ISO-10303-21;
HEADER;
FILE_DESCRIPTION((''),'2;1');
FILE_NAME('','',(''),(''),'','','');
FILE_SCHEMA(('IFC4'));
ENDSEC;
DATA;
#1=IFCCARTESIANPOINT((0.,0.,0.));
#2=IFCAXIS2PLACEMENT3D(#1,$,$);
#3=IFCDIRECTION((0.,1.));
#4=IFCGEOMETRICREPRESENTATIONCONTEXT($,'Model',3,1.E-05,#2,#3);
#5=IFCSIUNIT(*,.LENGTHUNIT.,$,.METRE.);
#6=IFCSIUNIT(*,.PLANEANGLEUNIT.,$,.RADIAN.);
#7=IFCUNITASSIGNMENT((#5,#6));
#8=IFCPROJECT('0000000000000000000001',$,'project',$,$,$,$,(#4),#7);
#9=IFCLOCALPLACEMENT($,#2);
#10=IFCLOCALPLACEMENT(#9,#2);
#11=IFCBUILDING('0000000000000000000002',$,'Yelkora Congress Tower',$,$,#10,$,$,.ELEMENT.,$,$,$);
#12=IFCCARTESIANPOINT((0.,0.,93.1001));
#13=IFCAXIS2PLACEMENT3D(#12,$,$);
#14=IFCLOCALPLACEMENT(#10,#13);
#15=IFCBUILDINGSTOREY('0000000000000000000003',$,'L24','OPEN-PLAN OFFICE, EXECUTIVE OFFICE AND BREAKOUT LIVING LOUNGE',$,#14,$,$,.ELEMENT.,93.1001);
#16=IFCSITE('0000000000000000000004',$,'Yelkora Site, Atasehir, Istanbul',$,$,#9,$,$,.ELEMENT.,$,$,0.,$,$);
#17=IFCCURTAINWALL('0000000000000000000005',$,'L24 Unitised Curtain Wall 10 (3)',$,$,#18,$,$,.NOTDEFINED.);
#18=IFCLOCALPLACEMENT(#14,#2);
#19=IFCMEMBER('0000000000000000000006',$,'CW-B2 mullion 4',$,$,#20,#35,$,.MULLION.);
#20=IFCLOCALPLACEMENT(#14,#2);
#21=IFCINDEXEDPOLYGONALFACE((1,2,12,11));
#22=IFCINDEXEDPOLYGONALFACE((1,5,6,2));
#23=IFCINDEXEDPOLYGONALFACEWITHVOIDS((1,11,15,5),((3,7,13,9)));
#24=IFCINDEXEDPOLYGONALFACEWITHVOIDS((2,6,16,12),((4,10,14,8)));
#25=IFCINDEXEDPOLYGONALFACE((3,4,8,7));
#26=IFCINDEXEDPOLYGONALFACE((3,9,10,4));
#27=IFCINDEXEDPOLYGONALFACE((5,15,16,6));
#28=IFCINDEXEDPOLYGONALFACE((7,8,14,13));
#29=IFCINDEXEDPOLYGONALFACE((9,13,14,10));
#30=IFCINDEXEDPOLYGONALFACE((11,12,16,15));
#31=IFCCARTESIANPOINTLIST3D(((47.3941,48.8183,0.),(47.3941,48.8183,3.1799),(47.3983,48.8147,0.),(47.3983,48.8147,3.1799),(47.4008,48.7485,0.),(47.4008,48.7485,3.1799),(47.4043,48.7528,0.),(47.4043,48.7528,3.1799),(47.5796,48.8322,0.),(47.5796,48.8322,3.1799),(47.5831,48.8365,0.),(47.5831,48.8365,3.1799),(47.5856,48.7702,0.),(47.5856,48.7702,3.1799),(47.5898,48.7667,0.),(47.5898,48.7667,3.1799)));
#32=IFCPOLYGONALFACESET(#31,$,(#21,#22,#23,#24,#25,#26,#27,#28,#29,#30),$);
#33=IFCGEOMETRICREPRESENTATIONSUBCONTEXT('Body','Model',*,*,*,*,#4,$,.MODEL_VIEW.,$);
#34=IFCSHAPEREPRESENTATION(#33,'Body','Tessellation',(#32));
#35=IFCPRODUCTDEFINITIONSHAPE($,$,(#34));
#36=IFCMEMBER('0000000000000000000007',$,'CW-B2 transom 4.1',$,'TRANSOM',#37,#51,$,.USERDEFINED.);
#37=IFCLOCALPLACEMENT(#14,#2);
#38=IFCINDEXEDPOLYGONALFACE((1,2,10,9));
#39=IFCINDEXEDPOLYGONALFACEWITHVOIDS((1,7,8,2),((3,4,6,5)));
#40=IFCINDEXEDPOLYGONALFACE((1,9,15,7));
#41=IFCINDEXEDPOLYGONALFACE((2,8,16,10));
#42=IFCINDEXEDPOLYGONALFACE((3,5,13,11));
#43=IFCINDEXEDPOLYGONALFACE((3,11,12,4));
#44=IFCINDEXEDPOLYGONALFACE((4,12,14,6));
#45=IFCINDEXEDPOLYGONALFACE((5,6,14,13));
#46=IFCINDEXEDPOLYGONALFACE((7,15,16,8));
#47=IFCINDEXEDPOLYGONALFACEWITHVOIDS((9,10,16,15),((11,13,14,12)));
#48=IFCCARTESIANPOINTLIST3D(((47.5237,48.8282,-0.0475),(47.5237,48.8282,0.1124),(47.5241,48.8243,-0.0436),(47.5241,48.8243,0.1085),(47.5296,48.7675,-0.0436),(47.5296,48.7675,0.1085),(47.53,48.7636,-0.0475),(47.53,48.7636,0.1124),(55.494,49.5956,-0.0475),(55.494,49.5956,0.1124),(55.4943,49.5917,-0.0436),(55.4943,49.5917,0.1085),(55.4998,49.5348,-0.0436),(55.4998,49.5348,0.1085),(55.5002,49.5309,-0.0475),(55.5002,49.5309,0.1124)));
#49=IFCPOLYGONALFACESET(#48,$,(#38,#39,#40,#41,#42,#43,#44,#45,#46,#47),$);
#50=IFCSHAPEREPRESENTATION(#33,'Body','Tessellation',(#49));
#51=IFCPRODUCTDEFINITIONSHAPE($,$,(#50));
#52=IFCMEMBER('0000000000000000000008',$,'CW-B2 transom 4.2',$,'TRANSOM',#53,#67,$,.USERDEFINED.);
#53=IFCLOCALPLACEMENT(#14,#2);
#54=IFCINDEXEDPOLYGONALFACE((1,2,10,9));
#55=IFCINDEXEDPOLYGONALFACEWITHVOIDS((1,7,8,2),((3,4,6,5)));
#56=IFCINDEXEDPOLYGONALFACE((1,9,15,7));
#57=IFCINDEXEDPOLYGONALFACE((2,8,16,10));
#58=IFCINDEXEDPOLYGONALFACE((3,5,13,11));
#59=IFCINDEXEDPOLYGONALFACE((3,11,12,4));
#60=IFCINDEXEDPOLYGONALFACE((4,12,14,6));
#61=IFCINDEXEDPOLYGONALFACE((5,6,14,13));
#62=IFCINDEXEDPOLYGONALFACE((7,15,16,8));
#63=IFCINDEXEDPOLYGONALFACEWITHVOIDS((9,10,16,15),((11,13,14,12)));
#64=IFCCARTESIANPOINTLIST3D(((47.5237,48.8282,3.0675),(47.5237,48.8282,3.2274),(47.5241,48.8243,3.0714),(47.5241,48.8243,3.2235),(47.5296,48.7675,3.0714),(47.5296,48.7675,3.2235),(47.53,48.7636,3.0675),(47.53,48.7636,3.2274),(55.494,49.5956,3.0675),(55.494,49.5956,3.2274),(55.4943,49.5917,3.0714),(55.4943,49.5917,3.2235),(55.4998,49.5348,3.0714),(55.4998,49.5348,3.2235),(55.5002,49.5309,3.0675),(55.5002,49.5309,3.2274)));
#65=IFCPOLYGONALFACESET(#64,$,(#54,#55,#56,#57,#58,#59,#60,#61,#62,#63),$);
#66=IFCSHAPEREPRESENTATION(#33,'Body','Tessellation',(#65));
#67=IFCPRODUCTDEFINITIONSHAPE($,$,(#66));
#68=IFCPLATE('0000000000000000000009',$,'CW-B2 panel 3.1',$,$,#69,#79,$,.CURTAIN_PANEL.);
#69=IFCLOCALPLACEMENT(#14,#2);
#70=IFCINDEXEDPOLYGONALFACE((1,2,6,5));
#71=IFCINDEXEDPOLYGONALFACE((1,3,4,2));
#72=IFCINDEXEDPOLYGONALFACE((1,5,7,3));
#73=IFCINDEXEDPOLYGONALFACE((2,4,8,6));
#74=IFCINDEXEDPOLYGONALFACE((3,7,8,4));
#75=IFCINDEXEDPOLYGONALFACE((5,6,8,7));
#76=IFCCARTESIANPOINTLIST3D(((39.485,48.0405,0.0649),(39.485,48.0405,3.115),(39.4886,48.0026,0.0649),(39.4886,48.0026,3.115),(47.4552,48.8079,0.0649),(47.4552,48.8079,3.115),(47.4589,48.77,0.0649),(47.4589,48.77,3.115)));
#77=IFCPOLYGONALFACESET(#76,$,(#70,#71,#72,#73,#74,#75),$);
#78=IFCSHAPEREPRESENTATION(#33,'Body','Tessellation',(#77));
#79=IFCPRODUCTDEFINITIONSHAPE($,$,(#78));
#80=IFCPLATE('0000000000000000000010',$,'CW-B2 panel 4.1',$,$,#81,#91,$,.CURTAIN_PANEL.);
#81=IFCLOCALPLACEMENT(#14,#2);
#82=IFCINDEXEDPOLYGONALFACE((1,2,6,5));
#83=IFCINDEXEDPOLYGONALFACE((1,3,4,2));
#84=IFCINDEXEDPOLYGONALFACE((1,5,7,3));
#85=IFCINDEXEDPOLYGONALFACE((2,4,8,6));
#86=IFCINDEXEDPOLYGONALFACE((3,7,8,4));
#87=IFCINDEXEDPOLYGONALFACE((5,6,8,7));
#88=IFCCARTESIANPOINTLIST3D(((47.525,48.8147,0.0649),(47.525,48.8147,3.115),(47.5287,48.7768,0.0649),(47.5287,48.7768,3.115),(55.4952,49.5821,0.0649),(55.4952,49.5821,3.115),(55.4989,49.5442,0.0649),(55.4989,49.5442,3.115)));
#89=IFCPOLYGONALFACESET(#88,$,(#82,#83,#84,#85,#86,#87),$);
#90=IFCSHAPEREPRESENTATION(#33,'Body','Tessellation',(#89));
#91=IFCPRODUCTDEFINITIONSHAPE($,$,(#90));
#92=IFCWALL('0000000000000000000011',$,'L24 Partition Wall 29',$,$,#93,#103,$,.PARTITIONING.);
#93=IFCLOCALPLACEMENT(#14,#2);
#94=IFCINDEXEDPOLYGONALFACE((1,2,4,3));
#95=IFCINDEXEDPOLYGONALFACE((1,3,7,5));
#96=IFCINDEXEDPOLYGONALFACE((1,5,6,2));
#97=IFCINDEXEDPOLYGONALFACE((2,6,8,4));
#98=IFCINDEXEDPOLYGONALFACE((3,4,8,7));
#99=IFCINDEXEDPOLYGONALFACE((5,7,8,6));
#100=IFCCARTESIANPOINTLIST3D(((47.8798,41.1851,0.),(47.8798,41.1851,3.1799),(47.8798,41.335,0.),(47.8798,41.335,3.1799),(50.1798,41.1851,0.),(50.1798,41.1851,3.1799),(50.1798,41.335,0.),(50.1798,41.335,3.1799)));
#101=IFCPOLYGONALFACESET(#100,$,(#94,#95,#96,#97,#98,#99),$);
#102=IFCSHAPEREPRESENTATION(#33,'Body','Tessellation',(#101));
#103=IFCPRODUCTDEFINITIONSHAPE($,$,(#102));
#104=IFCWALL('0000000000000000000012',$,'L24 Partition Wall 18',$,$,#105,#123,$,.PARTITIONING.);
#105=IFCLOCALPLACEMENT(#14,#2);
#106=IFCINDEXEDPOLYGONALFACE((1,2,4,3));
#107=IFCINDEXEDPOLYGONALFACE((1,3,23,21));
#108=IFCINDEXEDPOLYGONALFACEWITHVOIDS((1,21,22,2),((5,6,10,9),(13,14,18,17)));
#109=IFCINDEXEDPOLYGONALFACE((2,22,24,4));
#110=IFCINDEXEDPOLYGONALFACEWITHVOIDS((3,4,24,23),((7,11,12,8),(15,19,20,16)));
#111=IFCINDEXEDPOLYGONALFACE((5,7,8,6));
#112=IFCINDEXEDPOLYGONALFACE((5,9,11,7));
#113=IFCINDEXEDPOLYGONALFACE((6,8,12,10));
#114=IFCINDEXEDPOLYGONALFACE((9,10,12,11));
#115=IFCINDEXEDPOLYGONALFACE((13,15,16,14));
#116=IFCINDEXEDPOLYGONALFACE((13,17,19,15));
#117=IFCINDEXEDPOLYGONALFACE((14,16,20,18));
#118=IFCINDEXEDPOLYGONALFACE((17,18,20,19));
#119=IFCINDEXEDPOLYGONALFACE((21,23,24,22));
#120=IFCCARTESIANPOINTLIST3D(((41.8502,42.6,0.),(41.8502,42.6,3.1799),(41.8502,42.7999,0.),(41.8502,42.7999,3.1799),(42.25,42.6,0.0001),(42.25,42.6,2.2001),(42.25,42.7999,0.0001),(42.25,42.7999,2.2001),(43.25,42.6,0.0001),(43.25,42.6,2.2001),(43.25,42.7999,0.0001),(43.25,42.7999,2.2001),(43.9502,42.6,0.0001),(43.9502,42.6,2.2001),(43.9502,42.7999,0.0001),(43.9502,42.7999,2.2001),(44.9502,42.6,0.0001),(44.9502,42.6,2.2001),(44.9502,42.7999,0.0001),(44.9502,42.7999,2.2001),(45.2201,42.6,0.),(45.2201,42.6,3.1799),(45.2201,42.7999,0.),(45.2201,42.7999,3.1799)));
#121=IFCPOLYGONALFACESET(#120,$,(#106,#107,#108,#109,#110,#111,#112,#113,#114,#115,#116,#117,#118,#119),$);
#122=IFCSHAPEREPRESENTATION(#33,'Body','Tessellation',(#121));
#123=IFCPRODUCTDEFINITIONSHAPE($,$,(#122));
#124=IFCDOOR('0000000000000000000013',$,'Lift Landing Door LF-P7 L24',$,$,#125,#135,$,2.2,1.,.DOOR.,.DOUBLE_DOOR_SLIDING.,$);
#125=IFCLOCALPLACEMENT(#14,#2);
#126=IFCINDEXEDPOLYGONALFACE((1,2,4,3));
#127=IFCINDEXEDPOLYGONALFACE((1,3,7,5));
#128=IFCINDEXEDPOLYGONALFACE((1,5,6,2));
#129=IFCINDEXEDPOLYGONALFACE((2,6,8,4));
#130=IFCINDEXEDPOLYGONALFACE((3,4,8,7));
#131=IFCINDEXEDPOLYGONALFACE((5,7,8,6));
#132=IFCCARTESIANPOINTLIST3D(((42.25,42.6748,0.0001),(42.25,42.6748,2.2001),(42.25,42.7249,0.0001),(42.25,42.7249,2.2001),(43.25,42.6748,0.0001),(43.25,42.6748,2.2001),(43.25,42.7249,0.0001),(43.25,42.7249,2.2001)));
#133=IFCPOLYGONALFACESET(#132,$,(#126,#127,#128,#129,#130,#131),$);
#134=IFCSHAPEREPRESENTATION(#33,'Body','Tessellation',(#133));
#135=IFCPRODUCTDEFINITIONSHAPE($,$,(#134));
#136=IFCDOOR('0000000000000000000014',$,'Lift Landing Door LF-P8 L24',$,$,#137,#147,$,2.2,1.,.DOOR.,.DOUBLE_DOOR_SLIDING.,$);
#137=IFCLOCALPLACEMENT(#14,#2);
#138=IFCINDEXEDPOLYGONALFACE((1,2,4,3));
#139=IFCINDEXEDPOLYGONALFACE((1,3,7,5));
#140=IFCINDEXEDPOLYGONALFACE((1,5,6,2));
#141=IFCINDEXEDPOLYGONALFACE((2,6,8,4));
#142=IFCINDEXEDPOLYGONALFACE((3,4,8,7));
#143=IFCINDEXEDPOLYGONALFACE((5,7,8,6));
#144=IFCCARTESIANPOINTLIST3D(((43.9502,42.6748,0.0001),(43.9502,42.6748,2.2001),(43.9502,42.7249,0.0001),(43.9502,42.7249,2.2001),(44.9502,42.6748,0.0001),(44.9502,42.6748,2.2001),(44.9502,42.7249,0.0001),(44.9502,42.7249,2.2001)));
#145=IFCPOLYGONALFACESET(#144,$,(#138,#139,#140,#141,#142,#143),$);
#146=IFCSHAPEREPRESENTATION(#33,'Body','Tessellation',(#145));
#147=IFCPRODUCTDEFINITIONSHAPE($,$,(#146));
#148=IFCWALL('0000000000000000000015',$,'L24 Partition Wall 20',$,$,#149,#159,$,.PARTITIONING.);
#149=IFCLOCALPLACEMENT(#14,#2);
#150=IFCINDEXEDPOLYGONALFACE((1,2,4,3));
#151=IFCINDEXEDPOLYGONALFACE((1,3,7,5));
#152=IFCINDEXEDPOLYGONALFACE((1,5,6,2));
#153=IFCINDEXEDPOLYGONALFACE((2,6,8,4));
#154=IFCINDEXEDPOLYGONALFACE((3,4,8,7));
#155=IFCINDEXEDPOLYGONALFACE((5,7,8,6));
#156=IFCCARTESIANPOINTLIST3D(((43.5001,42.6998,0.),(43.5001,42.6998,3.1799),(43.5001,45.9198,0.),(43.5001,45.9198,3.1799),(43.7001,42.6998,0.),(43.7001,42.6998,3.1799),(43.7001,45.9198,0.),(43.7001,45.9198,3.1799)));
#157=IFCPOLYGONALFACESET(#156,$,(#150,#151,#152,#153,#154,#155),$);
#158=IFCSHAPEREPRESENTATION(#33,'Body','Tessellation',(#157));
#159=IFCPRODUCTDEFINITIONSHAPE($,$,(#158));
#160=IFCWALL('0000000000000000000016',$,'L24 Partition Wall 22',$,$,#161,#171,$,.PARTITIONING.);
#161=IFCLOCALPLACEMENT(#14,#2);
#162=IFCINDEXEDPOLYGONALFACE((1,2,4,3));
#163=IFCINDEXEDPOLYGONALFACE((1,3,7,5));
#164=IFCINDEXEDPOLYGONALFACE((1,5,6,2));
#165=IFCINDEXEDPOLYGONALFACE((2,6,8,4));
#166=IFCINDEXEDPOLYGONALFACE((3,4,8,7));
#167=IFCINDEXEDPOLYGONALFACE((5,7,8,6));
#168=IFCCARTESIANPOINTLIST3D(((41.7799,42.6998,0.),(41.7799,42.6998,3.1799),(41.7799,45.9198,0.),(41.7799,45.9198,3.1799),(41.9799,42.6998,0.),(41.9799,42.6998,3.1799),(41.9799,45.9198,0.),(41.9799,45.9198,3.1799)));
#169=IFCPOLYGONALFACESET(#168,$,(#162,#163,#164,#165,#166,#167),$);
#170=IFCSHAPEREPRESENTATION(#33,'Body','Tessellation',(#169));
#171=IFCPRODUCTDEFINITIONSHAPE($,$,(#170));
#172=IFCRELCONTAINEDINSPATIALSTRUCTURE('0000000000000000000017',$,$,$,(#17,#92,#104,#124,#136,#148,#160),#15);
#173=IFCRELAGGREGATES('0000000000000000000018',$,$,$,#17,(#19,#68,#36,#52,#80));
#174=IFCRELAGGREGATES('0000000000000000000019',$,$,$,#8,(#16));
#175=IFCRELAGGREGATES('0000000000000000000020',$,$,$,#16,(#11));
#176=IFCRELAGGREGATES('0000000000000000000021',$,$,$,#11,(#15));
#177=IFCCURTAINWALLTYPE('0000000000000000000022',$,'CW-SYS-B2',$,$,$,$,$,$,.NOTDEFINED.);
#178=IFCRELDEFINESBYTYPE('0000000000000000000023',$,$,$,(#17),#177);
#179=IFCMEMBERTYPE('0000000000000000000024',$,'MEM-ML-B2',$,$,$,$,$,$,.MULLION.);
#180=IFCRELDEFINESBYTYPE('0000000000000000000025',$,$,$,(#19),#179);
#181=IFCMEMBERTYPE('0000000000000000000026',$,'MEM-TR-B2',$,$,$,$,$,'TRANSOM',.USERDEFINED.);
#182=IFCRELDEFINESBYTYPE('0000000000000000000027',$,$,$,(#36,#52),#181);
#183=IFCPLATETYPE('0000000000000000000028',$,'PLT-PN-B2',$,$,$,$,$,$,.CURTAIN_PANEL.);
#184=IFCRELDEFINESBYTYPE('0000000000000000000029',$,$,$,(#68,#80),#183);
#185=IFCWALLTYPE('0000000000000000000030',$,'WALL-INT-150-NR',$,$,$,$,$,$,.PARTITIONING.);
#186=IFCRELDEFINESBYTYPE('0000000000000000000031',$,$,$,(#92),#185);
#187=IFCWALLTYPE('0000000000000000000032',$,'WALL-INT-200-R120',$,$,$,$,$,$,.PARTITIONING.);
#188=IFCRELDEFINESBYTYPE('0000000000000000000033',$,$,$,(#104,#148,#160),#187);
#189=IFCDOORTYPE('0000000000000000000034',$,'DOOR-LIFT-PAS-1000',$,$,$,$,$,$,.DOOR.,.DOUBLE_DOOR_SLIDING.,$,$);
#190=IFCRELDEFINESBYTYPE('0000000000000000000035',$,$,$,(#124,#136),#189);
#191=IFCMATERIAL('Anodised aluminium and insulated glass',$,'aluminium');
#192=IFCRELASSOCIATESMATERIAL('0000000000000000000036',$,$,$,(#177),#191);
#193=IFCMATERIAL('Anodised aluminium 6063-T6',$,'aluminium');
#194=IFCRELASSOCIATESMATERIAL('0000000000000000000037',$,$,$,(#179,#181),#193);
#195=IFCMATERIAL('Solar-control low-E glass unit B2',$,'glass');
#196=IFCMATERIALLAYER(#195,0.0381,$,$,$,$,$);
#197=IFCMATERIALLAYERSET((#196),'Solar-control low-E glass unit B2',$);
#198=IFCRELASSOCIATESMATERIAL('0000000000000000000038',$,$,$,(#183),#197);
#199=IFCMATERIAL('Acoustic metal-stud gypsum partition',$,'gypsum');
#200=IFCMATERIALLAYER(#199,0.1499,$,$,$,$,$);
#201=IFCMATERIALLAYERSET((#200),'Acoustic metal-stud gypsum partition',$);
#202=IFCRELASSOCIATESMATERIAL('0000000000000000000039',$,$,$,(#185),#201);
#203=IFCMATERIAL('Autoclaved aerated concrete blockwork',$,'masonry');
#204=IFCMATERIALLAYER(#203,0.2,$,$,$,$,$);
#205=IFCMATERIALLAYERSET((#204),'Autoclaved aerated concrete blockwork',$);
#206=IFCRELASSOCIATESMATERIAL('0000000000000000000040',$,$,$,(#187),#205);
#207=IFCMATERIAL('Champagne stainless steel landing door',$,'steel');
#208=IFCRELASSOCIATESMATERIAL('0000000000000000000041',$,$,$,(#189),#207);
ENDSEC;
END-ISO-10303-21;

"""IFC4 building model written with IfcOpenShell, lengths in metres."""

from ifc_helpers import new_model, si_unit, direction, frame, frame_2d, origin, origin_2d, place, context, subcontext, project, spatial, rectangle, hollow_rectangle, extrude, material, layer, layer_set, material_profile, profile_set, type_object, element, fill, aggregate, save


model = new_model("IFC4")

# Units and contexts
model_context = context("Model", 3, precision=1e-05, world=origin(), true_north=direction((0.0, 1.0)))
body_context = subcontext(model_context, "Body", "Model", "MODEL_VIEW")
ifc_project = project(units=[si_unit("LENGTHUNIT", "METRE"), si_unit("PLANEANGLEUNIT", "RADIAN")], contexts=[model_context])

# Site, building, storey
site_placement = place(None, origin())
site = spatial("IfcSite", under=ifc_project, at=site_placement, Name="Yelkora Site, Atasehir, Istanbul", CompositionType="ELEMENT", RefElevation=0.0)
building_placement = place(site_placement, origin())
building = spatial("IfcBuilding", under=site, at=building_placement, Name="Yelkora Congress Tower", CompositionType="ELEMENT")
storey_placement = place(building_placement, frame((0.0, 0.0, 93.1001)))
storey = spatial("IfcBuildingStorey", under=building, at=storey_placement, Name="L24", Description="OPEN-PLAN OFFICE, EXECUTIVE OFFICE AND BREAKOUT LIVING LOUNGE", CompositionType="ELEMENT", Elevation=93.1001)

# Curtain wall, members, plates
ifc_material_1 = material(Name="Anodised aluminium and insulated glass", Category="aluminium")
curtain_wall_type = type_object("IfcCurtainWallType", Name="CW-SYS-B2", PredefinedType="NOTDEFINED", material=ifc_material_1)
curtain_wall_placement = place(storey_placement, origin())
curtain_wall = element("IfcCurtainWall", 1, at=curtain_wall_placement, inside=storey, type_object=curtain_wall_type, Name="L24 Unitised Curtain Wall 10 (3)", PredefinedType="NOTDEFINED")
ifc_material_2 = material(Name="Anodised aluminium 6063-T6", Category="aluminium")
ifc_material_profile_1 = material_profile(ifc_material_2, hollow_rectangle(XDim=0.0701, YDim=0.1899, WallThickness=0.0039, at=origin_2d()), Name="ALU 70x190x4")
ifc_profile_set_1 = profile_set([ifc_material_profile_1], Name="Anodised aluminium 6063-T6")
member_type_1 = type_object("IfcMemberType", Name="MEM-ML-B2", PredefinedType="MULLION", material=ifc_profile_set_1)
member_1_placement = place(storey_placement, frame((47.4919, 48.7925, 0.0), z_axis=(0.0, 0.0, 1.0), x_axis=(-0.095844, 0.995396, 0.0)))
member_1 = element("IfcMember", 2, at=member_1_placement, type_object=member_type_1, Name="CW-B2 mullion 4", PredefinedType="MULLION", context=body_context, shape_type="SweptSolid", body=[
    extrude(hollow_rectangle(XDim=0.0701, YDim=0.1899, WallThickness=0.0039, at=origin_2d()), origin(), (0.0, 0.0, 1.0), 3.1799),
])
ifc_material_profile_2 = material_profile(ifc_material_2, hollow_rectangle(XDim=0.0649, YDim=0.1599, WallThickness=0.0039, at=origin_2d()), Name="ALU 65x160x4")
ifc_profile_set_2 = profile_set([ifc_material_profile_2], Name="Anodised aluminium 6063-T6")
member_type_2 = type_object("IfcMemberType", Name="MEM-TR-B2", ElementType="TRANSOM", PredefinedType="USERDEFINED", material=ifc_profile_set_2)
member_2_placement = place(storey_placement, frame((47.5269, 48.7959, 0.0325), z_axis=(0.995398, 0.095832, 0.0), x_axis=(-0.095832, 0.995398, 0.0)))
member_2 = element("IfcMember", 3, at=member_2_placement, type_object=member_type_2, Name="CW-B2 transom 4.1", ObjectType="TRANSOM", PredefinedType="USERDEFINED", context=body_context, shape_type="SweptSolid", body=[
    extrude(hollow_rectangle(XDim=0.0649, YDim=0.1599, WallThickness=0.0039, at=origin_2d()), origin(), (0.0, 0.0, 1.0), 8.0071),
])
member_3_placement = place(storey_placement, frame((47.5269, 48.7959, 3.1475), z_axis=(0.995398, 0.095832, 0.0), x_axis=(-0.095832, 0.995398, 0.0)))
member_3 = element("IfcMember", 4, at=member_3_placement, type_object=member_type_2, Name="CW-B2 transom 4.2", ObjectType="TRANSOM", PredefinedType="USERDEFINED", context=body_context, shape_type="SweptSolid", body=[
    extrude(hollow_rectangle(XDim=0.0649, YDim=0.1599, WallThickness=0.0039, at=origin_2d()), origin(), (0.0, 0.0, 1.0), 8.0071),
])
ifc_material_3 = material(Name="Solar-control low-E glass unit B2", Category="glass")
ifc_layer_1 = layer(ifc_material_3, 0.0381)
ifc_layer_set_1 = layer_set([ifc_layer_1], Name="Solar-control low-E glass unit B2")
plate_type = type_object("IfcPlateType", Name="PLT-PN-B2", PredefinedType="CURTAIN_PANEL", material=ifc_layer_set_1)
plate_1_placement = place(storey_placement, frame((43.4719, 48.4053, 0.0649), z_axis=(0.0, 0.0, 1.0), x_axis=(0.995396, 0.095844, 0.0)))
plate_1 = element("IfcPlate", 5, at=plate_1_placement, type_object=plate_type, Name="CW-B2 panel 3.1", PredefinedType="CURTAIN_PANEL", context=body_context, shape_type="SweptSolid", body=[
    extrude(rectangle(XDim=8.0071, YDim=0.0381, at=origin_2d()), origin(), (0.0, 0.0, 1.0), 3.05),
])
plate_2_placement = place(storey_placement, frame((51.512, 49.1794, 0.0649), z_axis=(0.0, 0.0, 1.0), x_axis=(0.995396, 0.095844, 0.0)))
plate_2 = element("IfcPlate", 6, at=plate_2_placement, type_object=plate_type, Name="CW-B2 panel 4.1", PredefinedType="CURTAIN_PANEL", context=body_context, shape_type="SweptSolid", body=[
    extrude(rectangle(XDim=8.0071, YDim=0.0381, at=origin_2d()), origin(), (0.0, 0.0, 1.0), 3.05),
])
aggregate(curtain_wall, [member_1, plate_1, member_2, member_3, plate_2])

# Shared definitions
ifc_material_4 = material(Name="Acoustic metal-stud gypsum partition", Category="gypsum")
ifc_layer_2 = layer(ifc_material_4, 0.1499)
ifc_layer_set_2 = layer_set([ifc_layer_2], Name="Acoustic metal-stud gypsum partition")
wall_type_1 = type_object("IfcWallType", Name="WALL-INT-150-NR", PredefinedType="PARTITIONING", material=ifc_layer_set_2)

# Wall
wall_1_placement = place(storey_placement, frame((47.8799, 41.26, 0.0), z_axis=(0.0, 0.0, 1.0), x_axis=(1.0, 0.0, 0.0)))
element("IfcWall", 7, at=wall_1_placement, inside=storey, type_object=wall_type_1, Name="L24 Partition Wall 29", PredefinedType="PARTITIONING", context=body_context, shape_type="SweptSolid", body=[
    extrude(rectangle(XDim=2.3, YDim=0.1499, at=frame_2d((1.1499, 0.0))), origin(), (0.0, 0.0, 1.0), 3.1799),
])

# Wall, openings, doors
ifc_material_5 = material(Name="Autoclaved aerated concrete blockwork", Category="masonry")
ifc_layer_3 = layer(ifc_material_5, 0.2)
ifc_layer_set_3 = layer_set([ifc_layer_3], Name="Autoclaved aerated concrete blockwork")
wall_type_2 = type_object("IfcWallType", Name="WALL-INT-200-R120", PredefinedType="PARTITIONING", material=ifc_layer_set_3)
wall_2_placement = place(storey_placement, frame((41.8501, 42.7, 0.0), z_axis=(0.0, 0.0, 1.0), x_axis=(1.0, 0.0, 0.0)))
wall_2 = element("IfcWall", 8, at=wall_2_placement, inside=storey, type_object=wall_type_2, Name="L24 Partition Wall 18", PredefinedType="PARTITIONING", context=body_context, shape_type="SweptSolid", body=[
    extrude(rectangle(XDim=3.3699, YDim=0.2, at=frame_2d((1.6851, 0.0))), origin(), (0.0, 0.0, 1.0), 3.1799),
])
opening_1_placement = place(wall_2_placement, frame((0.3999, 0.0, 0.0)))
opening_1 = element("IfcOpeningElement", 9, at=opening_1_placement, cuts=wall_2, PredefinedType="OPENING", context=body_context, shape_type="SweptSolid", body=[
    extrude(rectangle(XDim=1.0, YDim=2.2, at=frame_2d((0.5, 1.1001))), frame((0.0, 0.1099, 0.0), z_axis=(0.0, -1.0, 0.0), x_axis=(1.0, 0.0, 0.0)), (0.0, 0.0, 1.0), 0.22),
])
opening_2_placement = place(wall_2_placement, frame((2.1001, 0.0, 0.0)))
opening_2 = element("IfcOpeningElement", 10, at=opening_2_placement, cuts=wall_2, PredefinedType="OPENING", context=body_context, shape_type="SweptSolid", body=[
    extrude(rectangle(XDim=1.0, YDim=2.2, at=frame_2d((0.5, 1.1001))), frame((0.0, 0.1099, 0.0), z_axis=(0.0, -1.0, 0.0), x_axis=(1.0, 0.0, 0.0)), (0.0, 0.0, 1.0), 0.22),
])
ifc_material_6 = material(Name="Champagne stainless steel landing door", Category="steel")
door_type_1 = type_object("IfcDoorType", Name="DOOR-LIFT-PAS-1000", OperationType="DOUBLE_DOOR_SLIDING", PredefinedType="DOOR", material=ifc_material_6)
door_1_placement = place(opening_1_placement, origin())
door_1 = element("IfcDoor", 11, at=door_1_placement, inside=storey, type_object=door_type_1, Name="Lift Landing Door LF-P7 L24", OperationType="DOUBLE_DOOR_SLIDING", OverallHeight=2.2, OverallWidth=1.0, PredefinedType="DOOR", context=body_context, shape_type="SweptSolid", body=[
    extrude(rectangle(XDim=1.0, YDim=2.2, at=frame_2d((0.5, 1.1001))), frame((0.0, 0.0249, 0.0), z_axis=(0.0, -1.0, 0.0), x_axis=(1.0, 0.0, 0.0)), (0.0, 0.0, 1.0), 0.05),
])
fill(opening_1, door_1)
door_2_placement = place(opening_2_placement, origin())
door_2 = element("IfcDoor", 12, at=door_2_placement, inside=storey, type_object=door_type_1, Name="Lift Landing Door LF-P8 L24", OperationType="DOUBLE_DOOR_SLIDING", OverallHeight=2.2, OverallWidth=1.0, PredefinedType="DOOR", context=body_context, shape_type="SweptSolid", body=[
    extrude(rectangle(XDim=1.0, YDim=2.2, at=frame_2d((0.5, 1.1001))), frame((0.0, 0.0249, 0.0), z_axis=(0.0, -1.0, 0.0), x_axis=(1.0, 0.0, 0.0)), (0.0, 0.0, 1.0), 0.05),
])
fill(opening_2, door_2)

# Walls
for number, where, z_axis, x_axis, name in (
    (13, (43.6001, 42.7, 0.0), (0.0, 0.0, 1.0), (0.0, 1.0, 0.0), "L24 Partition Wall 20"),
    (14, (41.8799, 42.7, 0.0), (0.0, 0.0, 1.0), (0.0, 1.0, 0.0), "L24 Partition Wall 22"),
):
    element("IfcWall", number, at=place(storey_placement, frame(where, z_axis=z_axis, x_axis=x_axis)), inside=storey, type_object=wall_type_2, Name=name, PredefinedType="PARTITIONING", context=body_context, shape_type="SweptSolid", body=[
        extrude(rectangle(XDim=3.22, YDim=0.2, at=frame_2d((1.6099, 0.0))), origin(), (0.0, 0.0, 1.0), 3.1799),
    ])

save(model, "model.ifc")
